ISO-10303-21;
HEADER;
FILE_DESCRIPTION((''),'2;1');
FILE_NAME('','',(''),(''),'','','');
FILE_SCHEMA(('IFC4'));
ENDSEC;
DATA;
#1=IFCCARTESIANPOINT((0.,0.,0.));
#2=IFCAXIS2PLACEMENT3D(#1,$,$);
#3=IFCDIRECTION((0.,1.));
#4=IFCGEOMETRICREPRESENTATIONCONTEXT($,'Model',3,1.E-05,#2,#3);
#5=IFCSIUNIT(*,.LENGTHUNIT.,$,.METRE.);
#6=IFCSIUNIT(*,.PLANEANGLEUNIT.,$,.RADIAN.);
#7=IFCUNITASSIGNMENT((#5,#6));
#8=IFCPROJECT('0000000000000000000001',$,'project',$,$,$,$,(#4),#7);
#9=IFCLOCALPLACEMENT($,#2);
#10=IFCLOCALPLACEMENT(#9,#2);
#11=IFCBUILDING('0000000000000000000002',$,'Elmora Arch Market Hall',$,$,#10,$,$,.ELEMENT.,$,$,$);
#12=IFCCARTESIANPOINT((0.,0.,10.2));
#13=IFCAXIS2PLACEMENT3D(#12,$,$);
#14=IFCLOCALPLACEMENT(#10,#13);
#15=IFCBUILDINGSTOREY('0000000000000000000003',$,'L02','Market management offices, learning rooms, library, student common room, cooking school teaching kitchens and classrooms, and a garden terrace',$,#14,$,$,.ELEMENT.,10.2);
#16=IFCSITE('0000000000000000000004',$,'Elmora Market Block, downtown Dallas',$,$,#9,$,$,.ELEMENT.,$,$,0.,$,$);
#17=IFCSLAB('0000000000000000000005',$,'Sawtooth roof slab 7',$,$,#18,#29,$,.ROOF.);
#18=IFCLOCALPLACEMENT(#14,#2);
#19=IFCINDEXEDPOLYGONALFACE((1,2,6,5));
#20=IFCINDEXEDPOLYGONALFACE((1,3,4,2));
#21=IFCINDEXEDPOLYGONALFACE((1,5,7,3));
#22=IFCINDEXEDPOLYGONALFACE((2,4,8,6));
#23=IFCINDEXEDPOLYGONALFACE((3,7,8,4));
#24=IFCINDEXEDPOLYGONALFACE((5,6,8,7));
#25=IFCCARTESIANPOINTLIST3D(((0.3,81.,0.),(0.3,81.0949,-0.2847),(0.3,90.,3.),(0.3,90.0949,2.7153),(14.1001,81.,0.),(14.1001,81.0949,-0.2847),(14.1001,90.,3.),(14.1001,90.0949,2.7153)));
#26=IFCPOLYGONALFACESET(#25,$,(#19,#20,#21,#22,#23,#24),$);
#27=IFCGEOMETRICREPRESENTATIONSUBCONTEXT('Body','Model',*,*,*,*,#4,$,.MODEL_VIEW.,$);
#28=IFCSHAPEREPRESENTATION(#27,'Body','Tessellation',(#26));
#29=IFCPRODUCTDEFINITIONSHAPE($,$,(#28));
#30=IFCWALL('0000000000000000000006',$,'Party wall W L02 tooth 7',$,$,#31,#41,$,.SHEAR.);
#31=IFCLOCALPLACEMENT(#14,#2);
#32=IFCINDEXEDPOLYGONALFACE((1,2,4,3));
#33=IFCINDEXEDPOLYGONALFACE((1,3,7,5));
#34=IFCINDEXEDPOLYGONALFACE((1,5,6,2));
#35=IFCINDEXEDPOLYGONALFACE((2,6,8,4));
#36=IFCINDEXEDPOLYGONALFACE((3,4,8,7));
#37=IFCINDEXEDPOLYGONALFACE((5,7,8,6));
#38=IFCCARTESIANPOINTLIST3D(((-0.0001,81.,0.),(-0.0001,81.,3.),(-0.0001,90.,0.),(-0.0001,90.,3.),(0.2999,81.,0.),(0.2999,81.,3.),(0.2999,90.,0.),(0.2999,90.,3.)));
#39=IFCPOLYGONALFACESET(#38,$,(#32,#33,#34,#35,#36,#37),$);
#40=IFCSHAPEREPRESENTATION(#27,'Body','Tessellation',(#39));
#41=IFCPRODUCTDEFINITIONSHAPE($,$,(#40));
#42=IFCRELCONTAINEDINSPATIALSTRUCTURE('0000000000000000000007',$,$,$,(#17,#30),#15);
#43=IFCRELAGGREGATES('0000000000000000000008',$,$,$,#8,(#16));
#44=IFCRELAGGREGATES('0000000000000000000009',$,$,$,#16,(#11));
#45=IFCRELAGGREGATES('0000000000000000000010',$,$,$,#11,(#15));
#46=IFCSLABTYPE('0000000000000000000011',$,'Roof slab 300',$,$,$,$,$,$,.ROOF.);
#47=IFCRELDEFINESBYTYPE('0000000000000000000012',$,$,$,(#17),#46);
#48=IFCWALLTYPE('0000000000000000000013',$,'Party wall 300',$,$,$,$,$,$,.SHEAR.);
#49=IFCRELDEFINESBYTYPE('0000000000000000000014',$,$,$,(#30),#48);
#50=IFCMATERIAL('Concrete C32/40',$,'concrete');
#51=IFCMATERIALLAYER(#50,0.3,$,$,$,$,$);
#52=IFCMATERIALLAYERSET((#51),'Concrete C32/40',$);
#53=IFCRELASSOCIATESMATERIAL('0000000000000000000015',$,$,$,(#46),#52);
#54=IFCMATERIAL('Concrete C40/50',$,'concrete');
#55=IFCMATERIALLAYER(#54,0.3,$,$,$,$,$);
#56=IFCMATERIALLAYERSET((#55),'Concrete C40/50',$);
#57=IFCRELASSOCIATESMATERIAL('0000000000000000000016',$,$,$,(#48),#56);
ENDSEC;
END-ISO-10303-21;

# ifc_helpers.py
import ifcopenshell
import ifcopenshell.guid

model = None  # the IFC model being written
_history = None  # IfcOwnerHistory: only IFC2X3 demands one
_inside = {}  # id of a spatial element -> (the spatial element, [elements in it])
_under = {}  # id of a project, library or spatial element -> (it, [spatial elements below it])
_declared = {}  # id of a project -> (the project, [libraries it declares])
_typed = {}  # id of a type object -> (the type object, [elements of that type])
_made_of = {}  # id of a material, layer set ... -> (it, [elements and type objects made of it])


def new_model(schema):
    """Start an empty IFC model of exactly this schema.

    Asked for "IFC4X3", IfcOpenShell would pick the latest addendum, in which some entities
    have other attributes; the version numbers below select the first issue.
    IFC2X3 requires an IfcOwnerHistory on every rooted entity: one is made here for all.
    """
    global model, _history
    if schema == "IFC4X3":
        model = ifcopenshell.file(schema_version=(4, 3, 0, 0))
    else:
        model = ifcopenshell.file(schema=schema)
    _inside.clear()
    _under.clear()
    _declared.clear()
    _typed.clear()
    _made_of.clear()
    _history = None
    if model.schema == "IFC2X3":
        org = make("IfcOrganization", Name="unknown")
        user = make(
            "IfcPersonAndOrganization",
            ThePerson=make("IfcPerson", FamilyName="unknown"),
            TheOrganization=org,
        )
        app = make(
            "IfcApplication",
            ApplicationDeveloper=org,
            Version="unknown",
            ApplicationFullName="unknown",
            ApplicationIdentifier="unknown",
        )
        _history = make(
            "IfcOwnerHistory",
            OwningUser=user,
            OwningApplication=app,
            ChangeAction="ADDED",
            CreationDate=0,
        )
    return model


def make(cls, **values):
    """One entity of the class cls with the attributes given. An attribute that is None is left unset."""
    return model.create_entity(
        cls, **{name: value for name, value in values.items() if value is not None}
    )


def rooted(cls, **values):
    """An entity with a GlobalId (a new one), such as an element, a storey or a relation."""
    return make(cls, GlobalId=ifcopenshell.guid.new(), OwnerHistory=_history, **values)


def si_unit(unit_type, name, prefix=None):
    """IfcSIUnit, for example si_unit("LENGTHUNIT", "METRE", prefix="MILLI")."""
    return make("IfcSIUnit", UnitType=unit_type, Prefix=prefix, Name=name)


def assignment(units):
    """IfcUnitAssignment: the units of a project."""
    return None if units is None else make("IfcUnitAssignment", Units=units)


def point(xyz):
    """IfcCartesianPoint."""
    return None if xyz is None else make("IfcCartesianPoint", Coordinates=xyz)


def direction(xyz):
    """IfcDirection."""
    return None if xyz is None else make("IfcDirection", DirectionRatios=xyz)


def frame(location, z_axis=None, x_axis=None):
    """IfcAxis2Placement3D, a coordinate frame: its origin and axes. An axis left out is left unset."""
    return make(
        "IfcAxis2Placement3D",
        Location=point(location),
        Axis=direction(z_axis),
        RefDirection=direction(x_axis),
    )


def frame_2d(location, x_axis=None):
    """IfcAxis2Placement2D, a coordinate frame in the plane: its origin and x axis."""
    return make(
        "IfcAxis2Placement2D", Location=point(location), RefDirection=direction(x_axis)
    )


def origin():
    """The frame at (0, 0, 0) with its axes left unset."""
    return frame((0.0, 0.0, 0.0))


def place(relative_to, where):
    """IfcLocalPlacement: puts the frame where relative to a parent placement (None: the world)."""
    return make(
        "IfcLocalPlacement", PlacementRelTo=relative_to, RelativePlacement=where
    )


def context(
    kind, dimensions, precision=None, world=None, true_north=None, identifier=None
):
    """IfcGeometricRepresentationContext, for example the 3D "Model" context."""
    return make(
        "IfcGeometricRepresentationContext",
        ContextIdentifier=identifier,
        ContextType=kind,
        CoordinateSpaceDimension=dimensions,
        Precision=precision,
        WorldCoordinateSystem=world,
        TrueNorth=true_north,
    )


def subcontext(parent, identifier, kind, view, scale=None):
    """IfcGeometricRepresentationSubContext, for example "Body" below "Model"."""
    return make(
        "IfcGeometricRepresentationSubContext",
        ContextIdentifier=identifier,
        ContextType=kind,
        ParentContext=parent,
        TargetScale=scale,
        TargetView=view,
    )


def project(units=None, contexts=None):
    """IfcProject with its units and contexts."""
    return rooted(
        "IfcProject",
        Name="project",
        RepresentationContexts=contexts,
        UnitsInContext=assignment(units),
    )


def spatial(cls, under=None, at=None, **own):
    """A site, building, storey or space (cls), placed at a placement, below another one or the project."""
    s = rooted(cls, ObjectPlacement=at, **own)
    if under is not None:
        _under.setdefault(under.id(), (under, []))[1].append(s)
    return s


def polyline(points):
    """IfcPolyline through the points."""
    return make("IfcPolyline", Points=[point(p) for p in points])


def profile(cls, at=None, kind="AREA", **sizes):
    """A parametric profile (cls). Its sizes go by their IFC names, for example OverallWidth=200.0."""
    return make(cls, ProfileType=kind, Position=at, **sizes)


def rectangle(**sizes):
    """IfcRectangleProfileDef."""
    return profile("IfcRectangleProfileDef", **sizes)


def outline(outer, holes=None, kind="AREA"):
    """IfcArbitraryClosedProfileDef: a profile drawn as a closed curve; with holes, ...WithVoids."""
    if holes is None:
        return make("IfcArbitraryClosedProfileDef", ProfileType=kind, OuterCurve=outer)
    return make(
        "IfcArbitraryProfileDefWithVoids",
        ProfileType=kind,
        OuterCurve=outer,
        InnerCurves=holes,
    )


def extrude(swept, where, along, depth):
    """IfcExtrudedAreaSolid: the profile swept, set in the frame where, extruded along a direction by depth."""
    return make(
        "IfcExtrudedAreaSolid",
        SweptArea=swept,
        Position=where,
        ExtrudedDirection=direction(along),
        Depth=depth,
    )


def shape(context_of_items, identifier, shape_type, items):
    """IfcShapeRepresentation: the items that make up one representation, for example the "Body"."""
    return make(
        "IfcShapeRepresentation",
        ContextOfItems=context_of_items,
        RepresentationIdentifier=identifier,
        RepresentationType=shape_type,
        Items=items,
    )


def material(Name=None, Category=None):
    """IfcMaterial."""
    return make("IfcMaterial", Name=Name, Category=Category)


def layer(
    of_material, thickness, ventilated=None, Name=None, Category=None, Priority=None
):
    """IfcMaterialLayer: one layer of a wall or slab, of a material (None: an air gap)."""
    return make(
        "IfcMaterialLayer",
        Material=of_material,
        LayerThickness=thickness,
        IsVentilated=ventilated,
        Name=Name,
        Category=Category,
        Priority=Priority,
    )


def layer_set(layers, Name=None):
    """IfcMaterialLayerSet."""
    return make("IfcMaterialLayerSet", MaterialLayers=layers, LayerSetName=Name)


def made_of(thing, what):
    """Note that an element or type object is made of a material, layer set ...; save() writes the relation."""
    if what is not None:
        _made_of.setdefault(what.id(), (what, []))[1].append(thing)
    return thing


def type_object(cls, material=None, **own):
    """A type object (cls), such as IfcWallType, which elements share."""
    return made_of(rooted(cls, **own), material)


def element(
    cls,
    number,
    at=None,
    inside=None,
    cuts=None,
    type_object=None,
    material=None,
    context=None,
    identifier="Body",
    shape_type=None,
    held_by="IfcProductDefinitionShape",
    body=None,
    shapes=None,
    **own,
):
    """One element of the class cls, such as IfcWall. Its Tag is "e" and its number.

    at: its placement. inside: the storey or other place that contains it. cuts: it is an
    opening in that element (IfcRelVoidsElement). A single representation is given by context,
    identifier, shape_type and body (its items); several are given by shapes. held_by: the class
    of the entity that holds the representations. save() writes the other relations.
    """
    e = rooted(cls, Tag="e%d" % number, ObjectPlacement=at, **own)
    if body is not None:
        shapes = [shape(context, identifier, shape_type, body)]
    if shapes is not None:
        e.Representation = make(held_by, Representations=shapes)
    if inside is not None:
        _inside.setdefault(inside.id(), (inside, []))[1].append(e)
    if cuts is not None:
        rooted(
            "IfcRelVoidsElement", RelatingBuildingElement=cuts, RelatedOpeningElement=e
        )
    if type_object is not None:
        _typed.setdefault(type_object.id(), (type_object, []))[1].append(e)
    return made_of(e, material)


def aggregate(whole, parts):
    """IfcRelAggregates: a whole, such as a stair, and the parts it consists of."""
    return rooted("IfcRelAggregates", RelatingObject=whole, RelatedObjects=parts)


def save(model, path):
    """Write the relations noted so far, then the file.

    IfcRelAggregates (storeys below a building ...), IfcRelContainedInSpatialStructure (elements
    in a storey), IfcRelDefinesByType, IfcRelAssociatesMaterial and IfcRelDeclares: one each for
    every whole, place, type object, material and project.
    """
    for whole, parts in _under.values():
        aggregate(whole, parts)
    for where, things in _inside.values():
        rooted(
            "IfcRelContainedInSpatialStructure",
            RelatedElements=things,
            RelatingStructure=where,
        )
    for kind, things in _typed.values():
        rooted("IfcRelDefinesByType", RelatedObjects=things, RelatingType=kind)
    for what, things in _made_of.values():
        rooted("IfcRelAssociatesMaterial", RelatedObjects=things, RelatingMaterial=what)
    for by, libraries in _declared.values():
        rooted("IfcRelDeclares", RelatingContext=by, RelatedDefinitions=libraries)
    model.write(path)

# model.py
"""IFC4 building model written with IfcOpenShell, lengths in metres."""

from ifc_helpers import new_model, si_unit, direction, frame, frame_2d, origin, place, context, subcontext, project, spatial, polyline, rectangle, outline, extrude, material, layer, layer_set, type_object, element, save


model = new_model("IFC4")

# Units and contexts
model_context = context("Model", 3, precision=1e-05, world=origin(), true_north=direction((0.0, 1.0)))
body_context = subcontext(model_context, "Body", "Model", "MODEL_VIEW")
ifc_project = project(units=[si_unit("LENGTHUNIT", "METRE"), si_unit("PLANEANGLEUNIT", "RADIAN")], contexts=[model_context])

# Site, building, storey
site_placement = place(None, origin())
site = spatial("IfcSite", under=ifc_project, at=site_placement, Name="Elmora Market Block, downtown Dallas", CompositionType="ELEMENT", RefElevation=0.0)
building_placement = place(site_placement, origin())
building = spatial("IfcBuilding", under=site, at=building_placement, Name="Elmora Arch Market Hall", CompositionType="ELEMENT")
storey_placement = place(building_placement, frame((0.0, 0.0, 10.2)))
storey = spatial("IfcBuildingStorey", under=building, at=storey_placement, Name="L02", Description="Market management offices, learning rooms, library, student common room, cooking school teaching kitchens and classrooms, and a garden terrace", CompositionType="ELEMENT", Elevation=10.2)

# Slab
ifc_material_1 = material(Name="Concrete C32/40", Category="concrete")
ifc_layer_1 = layer(ifc_material_1, 0.3)
ifc_layer_set_1 = layer_set([ifc_layer_1], Name="Concrete C32/40")
slab_type = type_object("IfcSlabType", Name="Roof slab 300", PredefinedType="ROOF", material=ifc_layer_set_1)
slab_placement = place(storey_placement, frame((0.3, 81.0, 0.0), z_axis=(0.0, -0.316228, 0.948683), x_axis=(1.0, 0.0, 0.0)))
element("IfcSlab", 1, at=slab_placement, inside=storey, type_object=slab_type, Name="Sawtooth roof slab 7", PredefinedType="ROOF", context=body_context, shape_type="SweptSolid", body=[
    extrude(outline(polyline([(0.0, 0.0), (13.8, 0.0), (13.8, 9.4868), (0.0, 9.4868), (0.0, 0.0)])), origin(), (0.0, 0.0, -1.0), 0.3),
])

# Wall
ifc_material_2 = material(Name="Concrete C40/50", Category="concrete")
ifc_layer_2 = layer(ifc_material_2, 0.3)
ifc_layer_set_2 = layer_set([ifc_layer_2], Name="Concrete C40/50")
wall_type = type_object("IfcWallType", Name="Party wall 300", PredefinedType="SHEAR", material=ifc_layer_set_2)
wall_placement = place(storey_placement, frame((0.1499, 81.0, 0.0), z_axis=(0.0, 0.0, 1.0), x_axis=(0.0, 1.0, 0.0)))
element("IfcWall", 2, at=wall_placement, inside=storey, type_object=wall_type, Name="Party wall W L02 tooth 7", PredefinedType="SHEAR", context=body_context, shape_type="SweptSolid", body=[
    extrude(rectangle(XDim=9.0, YDim=0.3, at=frame_2d((4.5, 0.0))), origin(), (0.0, 0.0, 1.0), 3.0),
])

save(model, "model.ifc")
